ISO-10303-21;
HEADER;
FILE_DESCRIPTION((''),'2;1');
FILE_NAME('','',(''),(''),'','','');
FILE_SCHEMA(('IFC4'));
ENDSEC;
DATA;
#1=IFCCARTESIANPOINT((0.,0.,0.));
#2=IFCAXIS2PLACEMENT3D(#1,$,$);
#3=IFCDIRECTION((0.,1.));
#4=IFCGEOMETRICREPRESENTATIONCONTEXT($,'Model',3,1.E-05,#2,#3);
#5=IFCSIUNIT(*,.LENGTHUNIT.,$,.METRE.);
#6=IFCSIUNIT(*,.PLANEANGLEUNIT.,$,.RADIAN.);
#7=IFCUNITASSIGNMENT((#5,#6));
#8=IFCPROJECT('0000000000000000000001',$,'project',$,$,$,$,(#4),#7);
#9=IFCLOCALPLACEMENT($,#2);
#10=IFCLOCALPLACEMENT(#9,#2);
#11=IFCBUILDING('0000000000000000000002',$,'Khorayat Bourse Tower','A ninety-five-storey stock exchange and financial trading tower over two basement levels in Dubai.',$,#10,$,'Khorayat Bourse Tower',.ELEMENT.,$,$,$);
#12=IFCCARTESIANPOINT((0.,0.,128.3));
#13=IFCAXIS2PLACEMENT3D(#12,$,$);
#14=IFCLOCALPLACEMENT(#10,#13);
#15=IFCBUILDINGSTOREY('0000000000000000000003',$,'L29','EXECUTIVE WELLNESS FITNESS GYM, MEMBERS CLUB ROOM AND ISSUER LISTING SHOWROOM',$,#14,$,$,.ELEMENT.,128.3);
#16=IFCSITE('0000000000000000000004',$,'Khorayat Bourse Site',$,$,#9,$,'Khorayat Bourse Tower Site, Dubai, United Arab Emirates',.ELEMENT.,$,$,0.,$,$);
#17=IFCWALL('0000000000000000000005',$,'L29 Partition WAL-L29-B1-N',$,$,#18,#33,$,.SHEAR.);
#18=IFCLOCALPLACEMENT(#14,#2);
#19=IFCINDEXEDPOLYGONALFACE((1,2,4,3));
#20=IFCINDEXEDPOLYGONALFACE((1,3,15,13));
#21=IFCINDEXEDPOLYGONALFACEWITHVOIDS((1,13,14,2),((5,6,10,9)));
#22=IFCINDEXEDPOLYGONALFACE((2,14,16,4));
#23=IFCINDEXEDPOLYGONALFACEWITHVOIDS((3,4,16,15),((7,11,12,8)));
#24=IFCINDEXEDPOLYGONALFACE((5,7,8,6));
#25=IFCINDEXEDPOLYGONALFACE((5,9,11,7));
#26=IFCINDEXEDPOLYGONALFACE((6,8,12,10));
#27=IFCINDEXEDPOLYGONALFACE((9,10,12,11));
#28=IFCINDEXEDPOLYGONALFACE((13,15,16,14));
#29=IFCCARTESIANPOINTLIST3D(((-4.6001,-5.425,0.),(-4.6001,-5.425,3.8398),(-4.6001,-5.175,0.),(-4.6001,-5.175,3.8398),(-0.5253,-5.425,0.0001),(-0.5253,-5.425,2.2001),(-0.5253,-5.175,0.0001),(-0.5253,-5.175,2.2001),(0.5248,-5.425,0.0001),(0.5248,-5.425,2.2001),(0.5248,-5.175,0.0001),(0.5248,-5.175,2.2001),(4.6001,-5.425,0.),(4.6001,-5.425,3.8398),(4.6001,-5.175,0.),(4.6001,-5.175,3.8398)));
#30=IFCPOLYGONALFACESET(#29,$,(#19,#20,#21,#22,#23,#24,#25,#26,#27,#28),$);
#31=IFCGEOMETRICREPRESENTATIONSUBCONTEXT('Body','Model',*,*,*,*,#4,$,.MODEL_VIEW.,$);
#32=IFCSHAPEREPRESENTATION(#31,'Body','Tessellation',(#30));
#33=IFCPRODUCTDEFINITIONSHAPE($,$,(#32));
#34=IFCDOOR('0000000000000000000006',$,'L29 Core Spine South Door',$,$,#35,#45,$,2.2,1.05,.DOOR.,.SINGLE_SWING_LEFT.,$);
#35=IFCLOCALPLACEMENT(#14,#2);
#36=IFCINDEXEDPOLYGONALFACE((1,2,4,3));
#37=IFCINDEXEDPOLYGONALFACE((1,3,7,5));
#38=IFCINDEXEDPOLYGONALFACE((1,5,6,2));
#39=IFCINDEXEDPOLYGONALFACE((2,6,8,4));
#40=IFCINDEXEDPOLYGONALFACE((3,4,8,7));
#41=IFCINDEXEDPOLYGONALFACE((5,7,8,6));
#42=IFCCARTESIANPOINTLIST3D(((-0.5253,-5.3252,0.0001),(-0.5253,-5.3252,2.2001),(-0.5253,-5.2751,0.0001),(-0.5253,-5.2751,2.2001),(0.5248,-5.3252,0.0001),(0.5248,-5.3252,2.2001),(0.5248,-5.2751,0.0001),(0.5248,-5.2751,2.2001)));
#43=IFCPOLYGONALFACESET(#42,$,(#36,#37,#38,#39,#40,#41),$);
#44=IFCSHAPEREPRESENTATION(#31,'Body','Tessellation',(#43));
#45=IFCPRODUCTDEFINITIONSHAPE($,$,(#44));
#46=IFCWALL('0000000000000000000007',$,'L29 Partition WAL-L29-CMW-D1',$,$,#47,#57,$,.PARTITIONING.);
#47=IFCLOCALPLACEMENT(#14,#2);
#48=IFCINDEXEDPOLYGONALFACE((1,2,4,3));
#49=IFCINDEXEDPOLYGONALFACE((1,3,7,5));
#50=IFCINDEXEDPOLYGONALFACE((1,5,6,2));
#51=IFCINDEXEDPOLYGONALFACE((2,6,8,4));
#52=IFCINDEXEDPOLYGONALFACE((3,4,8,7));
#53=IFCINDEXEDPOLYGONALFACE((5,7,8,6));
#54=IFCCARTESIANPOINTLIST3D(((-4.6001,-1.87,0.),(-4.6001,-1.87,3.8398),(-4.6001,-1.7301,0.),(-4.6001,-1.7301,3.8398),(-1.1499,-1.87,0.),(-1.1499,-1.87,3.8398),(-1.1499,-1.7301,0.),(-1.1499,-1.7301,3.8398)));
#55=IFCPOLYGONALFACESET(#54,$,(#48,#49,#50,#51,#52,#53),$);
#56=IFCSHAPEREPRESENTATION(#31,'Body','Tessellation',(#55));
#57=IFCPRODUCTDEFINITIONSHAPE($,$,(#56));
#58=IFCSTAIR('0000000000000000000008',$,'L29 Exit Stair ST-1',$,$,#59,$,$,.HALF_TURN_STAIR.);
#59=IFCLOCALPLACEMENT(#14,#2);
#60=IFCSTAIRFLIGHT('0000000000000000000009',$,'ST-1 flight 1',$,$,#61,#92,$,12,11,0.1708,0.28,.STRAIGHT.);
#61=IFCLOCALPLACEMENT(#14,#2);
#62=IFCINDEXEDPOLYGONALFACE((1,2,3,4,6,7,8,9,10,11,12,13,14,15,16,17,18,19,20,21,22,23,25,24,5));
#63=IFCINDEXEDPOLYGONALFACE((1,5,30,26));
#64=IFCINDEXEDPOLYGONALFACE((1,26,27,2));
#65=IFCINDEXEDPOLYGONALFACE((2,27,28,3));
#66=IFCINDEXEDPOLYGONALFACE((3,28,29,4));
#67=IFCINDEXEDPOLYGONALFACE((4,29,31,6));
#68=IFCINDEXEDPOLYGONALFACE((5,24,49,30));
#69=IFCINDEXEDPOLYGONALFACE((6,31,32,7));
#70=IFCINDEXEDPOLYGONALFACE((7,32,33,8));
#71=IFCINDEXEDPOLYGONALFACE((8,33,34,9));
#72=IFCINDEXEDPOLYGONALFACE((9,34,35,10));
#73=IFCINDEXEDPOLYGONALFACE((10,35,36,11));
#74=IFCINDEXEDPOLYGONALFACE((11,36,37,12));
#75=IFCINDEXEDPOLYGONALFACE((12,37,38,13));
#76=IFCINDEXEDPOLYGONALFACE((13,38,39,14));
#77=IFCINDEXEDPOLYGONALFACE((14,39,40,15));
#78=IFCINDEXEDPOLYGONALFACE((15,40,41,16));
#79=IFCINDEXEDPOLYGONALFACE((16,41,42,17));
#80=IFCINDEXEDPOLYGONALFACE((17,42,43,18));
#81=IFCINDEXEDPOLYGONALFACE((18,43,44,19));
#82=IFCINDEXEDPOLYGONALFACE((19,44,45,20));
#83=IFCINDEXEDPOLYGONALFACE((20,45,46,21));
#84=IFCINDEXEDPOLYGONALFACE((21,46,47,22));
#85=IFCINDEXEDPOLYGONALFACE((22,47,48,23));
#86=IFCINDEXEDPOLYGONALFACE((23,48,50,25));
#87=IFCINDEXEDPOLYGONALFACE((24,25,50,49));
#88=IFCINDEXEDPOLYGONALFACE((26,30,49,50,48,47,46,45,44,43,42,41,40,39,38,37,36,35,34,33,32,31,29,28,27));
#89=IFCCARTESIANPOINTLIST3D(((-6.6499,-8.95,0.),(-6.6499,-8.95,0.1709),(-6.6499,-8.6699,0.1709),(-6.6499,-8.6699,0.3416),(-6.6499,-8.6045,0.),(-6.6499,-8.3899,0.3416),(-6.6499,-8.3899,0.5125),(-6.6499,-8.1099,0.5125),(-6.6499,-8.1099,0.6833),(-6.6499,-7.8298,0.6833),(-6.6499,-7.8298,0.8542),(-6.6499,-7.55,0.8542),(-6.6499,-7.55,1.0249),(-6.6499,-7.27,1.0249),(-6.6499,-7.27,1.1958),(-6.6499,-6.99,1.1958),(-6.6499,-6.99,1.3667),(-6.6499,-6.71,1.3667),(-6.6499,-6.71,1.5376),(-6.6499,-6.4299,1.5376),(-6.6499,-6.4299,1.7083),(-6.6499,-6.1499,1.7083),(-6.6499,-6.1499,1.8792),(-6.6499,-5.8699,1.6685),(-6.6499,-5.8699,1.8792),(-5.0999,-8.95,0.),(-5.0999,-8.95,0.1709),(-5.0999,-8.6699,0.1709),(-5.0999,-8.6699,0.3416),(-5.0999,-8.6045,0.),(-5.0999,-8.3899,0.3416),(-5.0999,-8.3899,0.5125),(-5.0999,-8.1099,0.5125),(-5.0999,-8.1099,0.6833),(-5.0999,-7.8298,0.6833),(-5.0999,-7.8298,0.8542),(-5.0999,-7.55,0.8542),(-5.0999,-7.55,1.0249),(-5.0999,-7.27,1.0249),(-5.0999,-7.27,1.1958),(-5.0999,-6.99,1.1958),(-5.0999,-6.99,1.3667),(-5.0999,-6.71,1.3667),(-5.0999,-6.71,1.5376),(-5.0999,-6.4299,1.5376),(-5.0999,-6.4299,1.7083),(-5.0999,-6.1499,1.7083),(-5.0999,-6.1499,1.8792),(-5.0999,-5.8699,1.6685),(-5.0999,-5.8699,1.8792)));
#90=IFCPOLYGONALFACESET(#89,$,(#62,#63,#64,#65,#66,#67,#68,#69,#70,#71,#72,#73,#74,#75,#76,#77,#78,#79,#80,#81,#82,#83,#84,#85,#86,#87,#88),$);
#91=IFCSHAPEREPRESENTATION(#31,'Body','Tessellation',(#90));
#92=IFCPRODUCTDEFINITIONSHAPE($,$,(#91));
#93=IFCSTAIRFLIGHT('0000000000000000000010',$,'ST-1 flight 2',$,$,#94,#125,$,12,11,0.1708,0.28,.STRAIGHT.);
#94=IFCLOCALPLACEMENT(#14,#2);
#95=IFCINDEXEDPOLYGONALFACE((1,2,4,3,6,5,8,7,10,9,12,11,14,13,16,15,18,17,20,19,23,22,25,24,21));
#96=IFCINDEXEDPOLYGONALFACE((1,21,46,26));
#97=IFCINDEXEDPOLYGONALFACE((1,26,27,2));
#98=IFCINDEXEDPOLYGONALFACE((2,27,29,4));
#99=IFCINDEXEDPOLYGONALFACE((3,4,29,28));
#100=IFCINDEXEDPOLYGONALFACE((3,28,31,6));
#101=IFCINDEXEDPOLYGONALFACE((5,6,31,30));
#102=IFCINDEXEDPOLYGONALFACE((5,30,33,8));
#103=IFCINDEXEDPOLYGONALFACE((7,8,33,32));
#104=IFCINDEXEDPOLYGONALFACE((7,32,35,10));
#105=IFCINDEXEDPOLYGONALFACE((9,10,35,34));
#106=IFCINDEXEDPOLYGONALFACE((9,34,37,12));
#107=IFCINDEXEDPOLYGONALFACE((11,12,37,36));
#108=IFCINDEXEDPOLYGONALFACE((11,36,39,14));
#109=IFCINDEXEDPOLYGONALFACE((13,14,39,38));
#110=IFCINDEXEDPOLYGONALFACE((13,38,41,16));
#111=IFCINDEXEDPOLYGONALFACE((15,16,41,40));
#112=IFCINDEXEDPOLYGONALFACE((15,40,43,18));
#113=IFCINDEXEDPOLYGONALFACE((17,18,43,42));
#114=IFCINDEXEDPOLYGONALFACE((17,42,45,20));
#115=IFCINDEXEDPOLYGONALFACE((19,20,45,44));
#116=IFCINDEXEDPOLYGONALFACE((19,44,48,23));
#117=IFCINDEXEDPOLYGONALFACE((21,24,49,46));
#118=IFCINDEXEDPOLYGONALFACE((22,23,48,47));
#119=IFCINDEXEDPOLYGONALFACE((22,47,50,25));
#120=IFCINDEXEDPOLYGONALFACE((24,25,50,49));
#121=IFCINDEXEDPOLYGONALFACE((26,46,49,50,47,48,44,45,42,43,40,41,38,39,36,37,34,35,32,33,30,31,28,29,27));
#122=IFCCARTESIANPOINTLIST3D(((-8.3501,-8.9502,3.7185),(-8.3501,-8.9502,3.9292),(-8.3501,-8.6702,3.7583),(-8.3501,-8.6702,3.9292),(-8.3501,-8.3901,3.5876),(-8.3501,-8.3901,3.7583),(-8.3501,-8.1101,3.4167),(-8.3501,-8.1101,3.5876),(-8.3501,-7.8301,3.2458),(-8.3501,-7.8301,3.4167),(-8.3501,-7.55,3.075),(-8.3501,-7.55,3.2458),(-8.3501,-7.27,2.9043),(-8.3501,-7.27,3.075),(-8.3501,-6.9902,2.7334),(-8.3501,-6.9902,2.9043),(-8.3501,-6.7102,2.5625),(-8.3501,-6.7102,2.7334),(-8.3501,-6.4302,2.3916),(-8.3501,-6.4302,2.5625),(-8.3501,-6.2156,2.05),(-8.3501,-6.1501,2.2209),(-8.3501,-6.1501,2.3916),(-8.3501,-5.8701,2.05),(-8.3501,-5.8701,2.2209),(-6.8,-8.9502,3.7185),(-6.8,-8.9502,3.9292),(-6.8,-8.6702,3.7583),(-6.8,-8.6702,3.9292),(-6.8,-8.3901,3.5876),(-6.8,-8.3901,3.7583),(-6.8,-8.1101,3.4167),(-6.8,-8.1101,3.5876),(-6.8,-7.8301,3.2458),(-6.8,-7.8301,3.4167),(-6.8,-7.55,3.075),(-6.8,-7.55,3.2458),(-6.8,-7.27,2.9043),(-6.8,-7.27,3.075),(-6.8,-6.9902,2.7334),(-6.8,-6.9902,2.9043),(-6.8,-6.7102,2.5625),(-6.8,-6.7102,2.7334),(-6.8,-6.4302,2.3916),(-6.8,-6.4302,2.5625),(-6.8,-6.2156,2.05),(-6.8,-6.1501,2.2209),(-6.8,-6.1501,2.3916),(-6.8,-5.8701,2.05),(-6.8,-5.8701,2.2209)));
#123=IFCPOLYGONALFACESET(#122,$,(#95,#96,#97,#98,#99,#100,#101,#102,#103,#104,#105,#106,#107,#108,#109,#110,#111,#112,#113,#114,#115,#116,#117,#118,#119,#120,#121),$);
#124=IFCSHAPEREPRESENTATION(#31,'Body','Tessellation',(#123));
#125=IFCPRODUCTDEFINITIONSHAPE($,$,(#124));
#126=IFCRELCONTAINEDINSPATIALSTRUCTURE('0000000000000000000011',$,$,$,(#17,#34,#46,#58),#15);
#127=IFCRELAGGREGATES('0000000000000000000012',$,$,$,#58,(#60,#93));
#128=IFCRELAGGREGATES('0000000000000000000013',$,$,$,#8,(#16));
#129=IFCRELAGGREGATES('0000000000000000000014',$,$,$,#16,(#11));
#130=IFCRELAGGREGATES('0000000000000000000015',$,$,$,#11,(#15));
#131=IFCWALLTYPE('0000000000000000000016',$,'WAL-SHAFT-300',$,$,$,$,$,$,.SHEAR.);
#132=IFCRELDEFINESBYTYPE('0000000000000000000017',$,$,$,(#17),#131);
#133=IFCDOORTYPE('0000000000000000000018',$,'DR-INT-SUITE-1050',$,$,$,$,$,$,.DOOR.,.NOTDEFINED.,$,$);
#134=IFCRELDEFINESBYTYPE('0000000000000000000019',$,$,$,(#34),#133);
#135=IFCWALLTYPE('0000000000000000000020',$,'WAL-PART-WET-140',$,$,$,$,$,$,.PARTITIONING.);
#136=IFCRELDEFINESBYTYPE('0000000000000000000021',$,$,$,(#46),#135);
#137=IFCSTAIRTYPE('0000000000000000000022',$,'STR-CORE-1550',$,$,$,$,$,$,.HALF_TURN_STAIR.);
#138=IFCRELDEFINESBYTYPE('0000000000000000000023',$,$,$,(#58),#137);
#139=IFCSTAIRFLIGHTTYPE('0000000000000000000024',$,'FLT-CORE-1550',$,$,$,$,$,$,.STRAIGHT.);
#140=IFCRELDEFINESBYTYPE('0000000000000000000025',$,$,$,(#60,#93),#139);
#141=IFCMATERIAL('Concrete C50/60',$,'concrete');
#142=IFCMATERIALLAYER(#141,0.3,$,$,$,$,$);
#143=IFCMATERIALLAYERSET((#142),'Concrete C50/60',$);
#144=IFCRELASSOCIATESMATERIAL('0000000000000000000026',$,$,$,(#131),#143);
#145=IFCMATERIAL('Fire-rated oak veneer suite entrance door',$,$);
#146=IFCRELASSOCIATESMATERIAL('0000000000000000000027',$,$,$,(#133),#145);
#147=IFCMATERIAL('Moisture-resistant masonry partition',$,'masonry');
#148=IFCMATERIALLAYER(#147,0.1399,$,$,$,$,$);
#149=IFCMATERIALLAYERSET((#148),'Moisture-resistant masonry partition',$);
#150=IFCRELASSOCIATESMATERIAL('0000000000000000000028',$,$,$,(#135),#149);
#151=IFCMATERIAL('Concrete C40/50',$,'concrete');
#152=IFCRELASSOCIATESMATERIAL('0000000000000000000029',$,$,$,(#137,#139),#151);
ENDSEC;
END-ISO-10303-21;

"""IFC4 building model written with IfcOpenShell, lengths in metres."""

from ifc_helpers import new_model, si_unit, direction, frame, frame_2d, origin, place, context, subcontext, project, spatial, polyline, rectangle, outline, extrude, source, transform, mapped, material, layer, layer_set, type_object, element, fill, aggregate, save


model = new_model("IFC4")

# Units and contexts
model_context = context("Model", 3, precision=1e-05, world=origin(), true_north=direction((0.0, 1.0)))
body_context = subcontext(model_context, "Body", "Model", "MODEL_VIEW")
ifc_project = project(units=[si_unit("LENGTHUNIT", "METRE"), si_unit("PLANEANGLEUNIT", "RADIAN")], contexts=[model_context])

# Site, building, storey
site_placement = place(None, origin())
site = spatial("IfcSite", under=ifc_project, at=site_placement, Name="Khorayat Bourse Site", LongName="Khorayat Bourse Tower Site, Dubai, United Arab Emirates", CompositionType="ELEMENT", RefElevation=0.0)
building_placement = place(site_placement, origin())
building = spatial("IfcBuilding", under=site, at=building_placement, Name="Khorayat Bourse Tower", Description="A ninety-five-storey stock exchange and financial trading tower over two basement levels in Dubai.", LongName="Khorayat Bourse Tower", CompositionType="ELEMENT")
storey_placement = place(building_placement, frame((0.0, 0.0, 128.3)))
storey = spatial("IfcBuildingStorey", under=building, at=storey_placement, Name="L29", Description="EXECUTIVE WELLNESS FITNESS GYM, MEMBERS CLUB ROOM AND ISSUER LISTING SHOWROOM", CompositionType="ELEMENT", Elevation=128.3)

# Shared definitions
ifc_material_1 = material(Name="Concrete C50/60", Category="concrete")
ifc_layer_1 = layer(ifc_material_1, 0.3)
ifc_layer_set_1 = layer_set([ifc_layer_1], Name="Concrete C50/60")
wall_type_1 = type_object("IfcWallType", Name="WAL-SHAFT-300", PredefinedType="SHEAR", material=ifc_layer_set_1)

# Wall, opening, door
shared_shape_1 = source(origin(), body_context, "Body", "SweptSolid", [
    extrude(rectangle(XDim=9.2002, YDim=0.25, at=frame_2d((4.6001, 0.0))), origin(), (0.0, 0.0, 1.0), 3.8398),
])
wall_1_placement = place(storey_placement, frame((-4.6001, -5.3, 0.0), z_axis=(0.0, 0.0, 1.0), x_axis=(1.0, 0.0, 0.0)))
wall_1 = element("IfcWall", 1, at=wall_1_placement, inside=storey, type_object=wall_type_1, Name="L29 Partition WAL-L29-B1-N", PredefinedType="SHEAR", context=body_context, shape_type="MappedRepresentation", body=[
    mapped(shared_shape_1, transform((0.0, 0.0, 0.0), scale=1.0)),
])
shared_shape_2 = source(origin(), body_context, "Body", "SweptSolid", [
    extrude(rectangle(XDim=1.05, YDim=2.2, at=frame_2d((0.5249, 1.1001))), frame((0.0, 0.135, 0.0), z_axis=(0.0, -1.0, 0.0), x_axis=(1.0, 0.0, 0.0)), (0.0, 0.0, 1.0), 0.27),
])
opening_1_placement = place(wall_1_placement, frame((4.075, 0.0, 0.0)))
opening_1 = element("IfcOpeningElement", 2, at=opening_1_placement, cuts=wall_1, PredefinedType="OPENING", context=body_context, shape_type="MappedRepresentation", body=[
    mapped(shared_shape_2, transform((0.0, 0.0, 0.0), scale=1.0)),
])
ifc_material_2 = material(Name="Fire-rated oak veneer suite entrance door")
door_type_1 = type_object("IfcDoorType", Name="DR-INT-SUITE-1050", OperationType="NOTDEFINED", PredefinedType="DOOR", material=ifc_material_2)
shared_shape_3 = source(origin(), body_context, "Body", "SweptSolid", [
    extrude(rectangle(XDim=1.05, YDim=2.2, at=frame_2d((0.5249, 1.1001))), frame((0.0, 0.0249, 0.0), z_axis=(0.0, -1.0, 0.0), x_axis=(1.0, 0.0, 0.0)), (0.0, 0.0, 1.0), 0.05),
])
door_1_placement = place(opening_1_placement, origin())
door_1 = element("IfcDoor", 3, at=door_1_placement, inside=storey, type_object=door_type_1, Name="L29 Core Spine South Door", OperationType="SINGLE_SWING_LEFT", OverallHeight=2.2, OverallWidth=1.05, PredefinedType="DOOR", context=body_context, shape_type="MappedRepresentation", body=[
    mapped(shared_shape_3, transform((0.0, 0.0, 0.0), scale=1.0)),
])
fill(opening_1, door_1)

# Wall
ifc_material_3 = material(Name="Moisture-resistant masonry partition", Category="masonry")
ifc_layer_2 = layer(ifc_material_3, 0.1399)
ifc_layer_set_2 = layer_set([ifc_layer_2], Name="Moisture-resistant masonry partition")
wall_type_2 = type_object("IfcWallType", Name="WAL-PART-WET-140", PredefinedType="PARTITIONING", material=ifc_layer_set_2)
shared_shape_4 = source(origin(), body_context, "Body", "SweptSolid", [
    extrude(rectangle(XDim=3.4502, YDim=0.1399, at=frame_2d((1.7251, 0.0))), origin(), (0.0, 0.0, 1.0), 3.8398),
])
wall_2_placement = place(storey_placement, frame((-4.6001, -1.8, 0.0), z_axis=(0.0, 0.0, 1.0), x_axis=(1.0, 0.0, 0.0)))
element("IfcWall", 4, at=wall_2_placement, inside=storey, type_object=wall_type_2, Name="L29 Partition WAL-L29-CMW-D1", PredefinedType="PARTITIONING", context=body_context, shape_type="MappedRepresentation", body=[
    mapped(shared_shape_4, transform((0.0, 0.0, 0.0), scale=1.0)),
])

# Stair, stair flights
ifc_material_4 = material(Name="Concrete C40/50", Category="concrete")
stair_type = type_object("IfcStairType", Name="STR-CORE-1550", PredefinedType="HALF_TURN_STAIR", material=ifc_material_4)
stair_placement = place(storey_placement, origin())
stair = element("IfcStair", 5, at=stair_placement, inside=storey, type_object=stair_type, Name="L29 Exit Stair ST-1", PredefinedType="HALF_TURN_STAIR")
stair_flight_type = type_object("IfcStairFlightType", Name="FLT-CORE-1550", PredefinedType="STRAIGHT", material=ifc_material_4)
shared_shape_5 = source(origin(), body_context, "Body", "SweptSolid", [
    extrude(outline(polyline([(0.0, 0.0), (0.0, 0.1709), (0.28, 0.1709), (0.28, 0.3416), (0.5601, 0.3416), (0.5601, 0.5125), (0.8401, 0.5125), (0.8401, 0.6833), (1.1201, 0.6833), (1.1201, 0.8542), (1.3999, 0.8542), (1.3999, 1.0249), (1.6799, 1.0249), (1.6799, 1.1958), (1.96, 1.1958), (1.96, 1.3667), (2.24, 1.3667), (2.24, 1.5376), (2.52, 1.5376), (2.52, 1.7083), (2.8, 1.7083), (2.8, 1.8792), (3.0801, 1.8792), (3.0801, 2.05), (3.0801, 1.6685), (0.3455, 0.0), (0.0, 0.0)])), frame((0.0, 0.7749, 0.0), z_axis=(0.0, -1.0, 0.0), x_axis=(1.0, 0.0, 0.0)), (0.0, 0.0, 1.0), 1.55),
])
stair_flight_1_placement = place(storey_placement, frame((-5.875, -8.95, 0.0), z_axis=(0.0, 0.0, 1.0), x_axis=(0.0, 1.0, 0.0)))
stair_flight_1 = element("IfcStairFlight", 6, at=stair_flight_1_placement, type_object=stair_flight_type, Name="ST-1 flight 1", NumberOfRisers=12, NumberOfTreads=11, PredefinedType="STRAIGHT", RiserHeight=0.1708, TreadLength=0.28, context=body_context, shape_type="MappedRepresentation", body=[
    mapped(shared_shape_5, transform((0.0, 0.0, 0.0), scale=1.0)),
])
stair_flight_2_placement = place(storey_placement, frame((-7.575, -5.8701, 2.05), z_axis=(0.0, 0.0, 1.0), x_axis=(0.0, -1.0, 0.0)))
stair_flight_2 = element("IfcStairFlight", 7, at=stair_flight_2_placement, type_object=stair_flight_type, Name="ST-1 flight 2", NumberOfRisers=12, NumberOfTreads=11, PredefinedType="STRAIGHT", RiserHeight=0.1708, TreadLength=0.28, context=body_context, shape_type="MappedRepresentation", body=[
    mapped(shared_shape_5, transform((0.0, 0.0, 0.0), scale=1.0)),
])
aggregate(stair, [stair_flight_1, stair_flight_2])

save(model, "model.ifc")
